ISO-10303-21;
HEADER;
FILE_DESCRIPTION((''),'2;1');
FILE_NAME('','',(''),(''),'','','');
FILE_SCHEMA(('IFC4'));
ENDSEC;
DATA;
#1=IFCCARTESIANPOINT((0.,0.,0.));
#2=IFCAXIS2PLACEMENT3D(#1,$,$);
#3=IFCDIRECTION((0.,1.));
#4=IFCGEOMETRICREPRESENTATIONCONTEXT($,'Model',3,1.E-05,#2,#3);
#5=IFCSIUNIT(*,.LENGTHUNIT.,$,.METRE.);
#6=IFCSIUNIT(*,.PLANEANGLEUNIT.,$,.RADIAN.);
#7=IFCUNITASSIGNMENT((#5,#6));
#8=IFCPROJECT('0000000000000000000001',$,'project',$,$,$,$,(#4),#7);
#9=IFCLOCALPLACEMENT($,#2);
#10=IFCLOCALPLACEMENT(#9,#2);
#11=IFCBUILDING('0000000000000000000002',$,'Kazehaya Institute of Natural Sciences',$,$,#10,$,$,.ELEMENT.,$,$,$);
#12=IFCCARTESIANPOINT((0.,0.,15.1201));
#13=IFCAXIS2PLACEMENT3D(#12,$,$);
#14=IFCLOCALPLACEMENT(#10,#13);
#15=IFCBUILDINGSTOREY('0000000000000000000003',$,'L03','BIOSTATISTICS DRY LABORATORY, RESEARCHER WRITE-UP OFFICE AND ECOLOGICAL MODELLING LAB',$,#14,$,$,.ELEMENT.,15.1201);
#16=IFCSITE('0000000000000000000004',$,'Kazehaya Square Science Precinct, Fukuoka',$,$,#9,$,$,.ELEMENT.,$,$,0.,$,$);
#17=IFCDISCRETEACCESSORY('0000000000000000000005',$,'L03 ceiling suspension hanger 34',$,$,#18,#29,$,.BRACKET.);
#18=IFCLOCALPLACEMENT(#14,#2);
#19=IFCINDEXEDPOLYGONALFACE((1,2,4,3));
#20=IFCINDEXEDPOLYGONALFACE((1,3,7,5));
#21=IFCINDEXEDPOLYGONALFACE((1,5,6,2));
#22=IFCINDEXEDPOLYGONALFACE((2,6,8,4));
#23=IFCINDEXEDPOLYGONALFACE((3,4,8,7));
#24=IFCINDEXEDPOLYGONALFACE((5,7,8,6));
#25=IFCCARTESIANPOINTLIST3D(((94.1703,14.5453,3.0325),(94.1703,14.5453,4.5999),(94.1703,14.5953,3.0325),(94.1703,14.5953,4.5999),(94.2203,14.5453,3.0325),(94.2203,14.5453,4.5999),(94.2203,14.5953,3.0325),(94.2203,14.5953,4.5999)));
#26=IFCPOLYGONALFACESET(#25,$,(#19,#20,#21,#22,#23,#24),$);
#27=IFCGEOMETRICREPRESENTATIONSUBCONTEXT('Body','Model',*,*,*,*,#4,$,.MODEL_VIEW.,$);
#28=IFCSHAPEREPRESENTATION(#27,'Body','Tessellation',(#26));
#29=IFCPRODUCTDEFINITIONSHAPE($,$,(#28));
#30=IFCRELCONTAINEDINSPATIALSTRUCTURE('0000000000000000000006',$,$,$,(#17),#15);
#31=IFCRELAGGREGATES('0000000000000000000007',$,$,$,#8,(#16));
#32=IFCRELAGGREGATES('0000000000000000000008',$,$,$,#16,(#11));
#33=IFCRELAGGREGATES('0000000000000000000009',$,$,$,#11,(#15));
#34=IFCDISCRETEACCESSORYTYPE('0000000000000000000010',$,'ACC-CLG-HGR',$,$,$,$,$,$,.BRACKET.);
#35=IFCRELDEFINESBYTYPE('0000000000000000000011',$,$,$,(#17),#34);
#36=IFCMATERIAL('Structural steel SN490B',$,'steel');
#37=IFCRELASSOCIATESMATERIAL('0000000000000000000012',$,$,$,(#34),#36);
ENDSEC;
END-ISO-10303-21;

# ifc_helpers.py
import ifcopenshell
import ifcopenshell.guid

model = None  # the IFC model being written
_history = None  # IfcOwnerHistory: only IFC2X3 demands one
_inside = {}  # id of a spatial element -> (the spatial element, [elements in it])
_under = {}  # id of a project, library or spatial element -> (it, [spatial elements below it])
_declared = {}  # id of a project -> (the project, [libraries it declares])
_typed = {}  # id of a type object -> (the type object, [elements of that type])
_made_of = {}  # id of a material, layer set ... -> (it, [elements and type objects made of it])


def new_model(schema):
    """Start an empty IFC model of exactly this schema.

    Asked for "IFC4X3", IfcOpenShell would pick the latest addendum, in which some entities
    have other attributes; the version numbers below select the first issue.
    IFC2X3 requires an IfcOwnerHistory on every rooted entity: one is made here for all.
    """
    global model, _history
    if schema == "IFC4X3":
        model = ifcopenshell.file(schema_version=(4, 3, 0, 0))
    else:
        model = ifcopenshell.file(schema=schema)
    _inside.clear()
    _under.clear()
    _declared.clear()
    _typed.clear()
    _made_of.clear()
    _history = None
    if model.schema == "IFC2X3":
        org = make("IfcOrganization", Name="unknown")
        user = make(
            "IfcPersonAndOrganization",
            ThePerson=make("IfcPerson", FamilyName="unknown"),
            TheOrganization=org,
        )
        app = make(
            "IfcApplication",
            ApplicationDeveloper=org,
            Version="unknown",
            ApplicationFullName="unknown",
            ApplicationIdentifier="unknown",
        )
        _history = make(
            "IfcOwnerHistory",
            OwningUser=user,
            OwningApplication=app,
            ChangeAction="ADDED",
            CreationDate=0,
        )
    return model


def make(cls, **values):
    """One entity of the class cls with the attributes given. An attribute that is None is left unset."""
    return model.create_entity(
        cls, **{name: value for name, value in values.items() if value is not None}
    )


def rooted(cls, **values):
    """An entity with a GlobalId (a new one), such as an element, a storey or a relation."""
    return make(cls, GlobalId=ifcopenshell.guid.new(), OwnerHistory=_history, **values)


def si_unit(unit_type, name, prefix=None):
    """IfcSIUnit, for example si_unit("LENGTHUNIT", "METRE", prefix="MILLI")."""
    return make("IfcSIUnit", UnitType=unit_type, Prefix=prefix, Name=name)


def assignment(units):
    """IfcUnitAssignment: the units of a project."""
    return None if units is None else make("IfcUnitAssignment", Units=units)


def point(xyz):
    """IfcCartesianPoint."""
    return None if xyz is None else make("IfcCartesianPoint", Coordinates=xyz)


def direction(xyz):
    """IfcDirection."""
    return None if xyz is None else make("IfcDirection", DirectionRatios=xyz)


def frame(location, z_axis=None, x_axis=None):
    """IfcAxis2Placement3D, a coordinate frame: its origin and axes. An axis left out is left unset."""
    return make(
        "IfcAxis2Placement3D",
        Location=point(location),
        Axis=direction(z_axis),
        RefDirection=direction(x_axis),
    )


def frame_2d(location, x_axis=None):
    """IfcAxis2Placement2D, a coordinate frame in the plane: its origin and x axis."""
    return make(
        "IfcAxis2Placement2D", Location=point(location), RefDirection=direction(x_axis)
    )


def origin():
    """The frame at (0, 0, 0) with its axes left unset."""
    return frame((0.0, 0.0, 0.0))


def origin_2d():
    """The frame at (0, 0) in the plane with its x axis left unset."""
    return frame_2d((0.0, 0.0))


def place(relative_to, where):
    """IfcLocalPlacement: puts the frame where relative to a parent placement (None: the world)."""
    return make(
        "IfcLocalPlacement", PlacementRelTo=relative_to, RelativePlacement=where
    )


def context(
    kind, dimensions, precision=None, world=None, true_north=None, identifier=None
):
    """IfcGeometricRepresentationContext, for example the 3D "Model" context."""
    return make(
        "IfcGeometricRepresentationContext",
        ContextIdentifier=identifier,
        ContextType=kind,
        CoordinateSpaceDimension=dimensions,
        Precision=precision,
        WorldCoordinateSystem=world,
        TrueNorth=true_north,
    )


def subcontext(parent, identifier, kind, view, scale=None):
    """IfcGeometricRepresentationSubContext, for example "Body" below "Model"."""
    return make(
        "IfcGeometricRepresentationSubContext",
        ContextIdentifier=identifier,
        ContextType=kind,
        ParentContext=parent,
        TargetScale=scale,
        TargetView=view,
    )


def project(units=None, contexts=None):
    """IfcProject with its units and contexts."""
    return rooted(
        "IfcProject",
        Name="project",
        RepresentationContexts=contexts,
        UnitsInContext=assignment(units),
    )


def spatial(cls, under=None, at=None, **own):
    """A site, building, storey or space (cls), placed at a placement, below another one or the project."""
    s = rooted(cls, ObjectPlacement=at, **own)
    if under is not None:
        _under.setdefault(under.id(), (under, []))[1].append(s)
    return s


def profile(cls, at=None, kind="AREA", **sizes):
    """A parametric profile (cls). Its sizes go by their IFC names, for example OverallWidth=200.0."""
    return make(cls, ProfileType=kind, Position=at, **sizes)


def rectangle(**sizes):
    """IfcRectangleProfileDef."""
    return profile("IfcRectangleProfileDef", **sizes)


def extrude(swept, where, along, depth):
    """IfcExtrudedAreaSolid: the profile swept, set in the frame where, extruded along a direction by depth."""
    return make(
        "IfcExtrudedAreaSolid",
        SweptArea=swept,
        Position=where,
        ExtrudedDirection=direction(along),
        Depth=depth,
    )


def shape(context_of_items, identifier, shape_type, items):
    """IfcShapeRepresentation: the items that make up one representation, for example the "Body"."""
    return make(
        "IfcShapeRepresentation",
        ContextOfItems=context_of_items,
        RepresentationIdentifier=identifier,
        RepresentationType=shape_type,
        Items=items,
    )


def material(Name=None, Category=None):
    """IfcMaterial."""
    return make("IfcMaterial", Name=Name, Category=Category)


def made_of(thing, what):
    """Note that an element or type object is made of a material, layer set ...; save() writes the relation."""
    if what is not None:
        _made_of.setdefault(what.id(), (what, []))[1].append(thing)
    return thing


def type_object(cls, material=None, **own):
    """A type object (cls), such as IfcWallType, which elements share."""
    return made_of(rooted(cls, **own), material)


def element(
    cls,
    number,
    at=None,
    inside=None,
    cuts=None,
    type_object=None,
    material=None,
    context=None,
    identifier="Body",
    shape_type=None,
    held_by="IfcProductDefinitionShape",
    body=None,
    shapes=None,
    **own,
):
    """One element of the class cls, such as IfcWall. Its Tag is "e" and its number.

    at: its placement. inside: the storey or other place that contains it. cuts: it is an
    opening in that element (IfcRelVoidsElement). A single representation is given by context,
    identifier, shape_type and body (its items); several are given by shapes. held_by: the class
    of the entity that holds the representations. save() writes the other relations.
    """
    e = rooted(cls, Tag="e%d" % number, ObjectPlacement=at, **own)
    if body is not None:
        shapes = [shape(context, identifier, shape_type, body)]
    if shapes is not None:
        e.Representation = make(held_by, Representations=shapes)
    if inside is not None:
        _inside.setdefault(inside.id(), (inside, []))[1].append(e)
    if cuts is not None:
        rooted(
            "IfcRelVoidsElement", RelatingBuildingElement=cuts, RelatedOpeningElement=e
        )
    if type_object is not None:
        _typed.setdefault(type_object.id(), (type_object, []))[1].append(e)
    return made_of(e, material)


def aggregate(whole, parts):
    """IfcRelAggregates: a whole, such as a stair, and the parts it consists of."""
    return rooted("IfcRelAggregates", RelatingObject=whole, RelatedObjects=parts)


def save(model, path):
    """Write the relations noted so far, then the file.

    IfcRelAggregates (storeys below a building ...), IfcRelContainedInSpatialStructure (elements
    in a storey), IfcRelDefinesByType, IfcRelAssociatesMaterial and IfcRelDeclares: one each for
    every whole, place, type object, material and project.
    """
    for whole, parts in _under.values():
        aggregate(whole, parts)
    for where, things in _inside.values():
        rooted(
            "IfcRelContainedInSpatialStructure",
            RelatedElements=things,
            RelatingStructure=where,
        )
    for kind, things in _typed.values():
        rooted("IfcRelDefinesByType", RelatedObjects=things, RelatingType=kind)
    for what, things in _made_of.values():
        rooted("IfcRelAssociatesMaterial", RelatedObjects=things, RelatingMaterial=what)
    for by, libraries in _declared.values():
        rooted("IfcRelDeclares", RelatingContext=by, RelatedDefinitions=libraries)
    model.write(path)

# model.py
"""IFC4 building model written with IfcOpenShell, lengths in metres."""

from ifc_helpers import new_model, si_unit, direction, frame, origin, origin_2d, place, context, subcontext, project, spatial, rectangle, extrude, material, type_object, element, save


model = new_model("IFC4")

# Units and contexts
model_context = context("Model", 3, precision=1e-05, world=origin(), true_north=direction((0.0, 1.0)))
body_context = subcontext(model_context, "Body", "Model", "MODEL_VIEW")
ifc_project = project(units=[si_unit("LENGTHUNIT", "METRE"), si_unit("PLANEANGLEUNIT", "RADIAN")], contexts=[model_context])

# Site, building, storey
site_placement = place(None, origin())
site = spatial("IfcSite", under=ifc_project, at=site_placement, Name="Kazehaya Square Science Precinct, Fukuoka", CompositionType="ELEMENT", RefElevation=0.0)
building_placement = place(site_placement, origin())
building = spatial("IfcBuilding", under=site, at=building_placement, Name="Kazehaya Institute of Natural Sciences", CompositionType="ELEMENT")
storey_placement = place(building_placement, frame((0.0, 0.0, 15.1201)))
storey = spatial("IfcBuildingStorey", under=building, at=storey_placement, Name="L03", Description="BIOSTATISTICS DRY LABORATORY, RESEARCHER WRITE-UP OFFICE AND ECOLOGICAL MODELLING LAB", CompositionType="ELEMENT", Elevation=15.1201)

# Discrete accessory
ifc_material_1 = material(Name="Structural steel SN490B", Category="steel")
discrete_accessory_type_1 = type_object("IfcDiscreteAccessoryType", Name="ACC-CLG-HGR", PredefinedType="BRACKET", material=ifc_material_1)
discrete_accessory_placement = place(storey_placement, frame((94.1953, 14.5703, 3.0325), z_axis=(0.0, 0.0, 1.0), x_axis=(1.0, 0.0, 0.0)))
element("IfcDiscreteAccessory", 1, at=discrete_accessory_placement, inside=storey, type_object=discrete_accessory_type_1, Name="L03 ceiling suspension hanger 34", PredefinedType="BRACKET", context=body_context, shape_type="SweptSolid", body=[
    extrude(rectangle(XDim=0.05, YDim=0.05, at=origin_2d()), origin(), (0.0, 0.0, 1.0), 1.5674),
])

save(model, "model.ifc")
